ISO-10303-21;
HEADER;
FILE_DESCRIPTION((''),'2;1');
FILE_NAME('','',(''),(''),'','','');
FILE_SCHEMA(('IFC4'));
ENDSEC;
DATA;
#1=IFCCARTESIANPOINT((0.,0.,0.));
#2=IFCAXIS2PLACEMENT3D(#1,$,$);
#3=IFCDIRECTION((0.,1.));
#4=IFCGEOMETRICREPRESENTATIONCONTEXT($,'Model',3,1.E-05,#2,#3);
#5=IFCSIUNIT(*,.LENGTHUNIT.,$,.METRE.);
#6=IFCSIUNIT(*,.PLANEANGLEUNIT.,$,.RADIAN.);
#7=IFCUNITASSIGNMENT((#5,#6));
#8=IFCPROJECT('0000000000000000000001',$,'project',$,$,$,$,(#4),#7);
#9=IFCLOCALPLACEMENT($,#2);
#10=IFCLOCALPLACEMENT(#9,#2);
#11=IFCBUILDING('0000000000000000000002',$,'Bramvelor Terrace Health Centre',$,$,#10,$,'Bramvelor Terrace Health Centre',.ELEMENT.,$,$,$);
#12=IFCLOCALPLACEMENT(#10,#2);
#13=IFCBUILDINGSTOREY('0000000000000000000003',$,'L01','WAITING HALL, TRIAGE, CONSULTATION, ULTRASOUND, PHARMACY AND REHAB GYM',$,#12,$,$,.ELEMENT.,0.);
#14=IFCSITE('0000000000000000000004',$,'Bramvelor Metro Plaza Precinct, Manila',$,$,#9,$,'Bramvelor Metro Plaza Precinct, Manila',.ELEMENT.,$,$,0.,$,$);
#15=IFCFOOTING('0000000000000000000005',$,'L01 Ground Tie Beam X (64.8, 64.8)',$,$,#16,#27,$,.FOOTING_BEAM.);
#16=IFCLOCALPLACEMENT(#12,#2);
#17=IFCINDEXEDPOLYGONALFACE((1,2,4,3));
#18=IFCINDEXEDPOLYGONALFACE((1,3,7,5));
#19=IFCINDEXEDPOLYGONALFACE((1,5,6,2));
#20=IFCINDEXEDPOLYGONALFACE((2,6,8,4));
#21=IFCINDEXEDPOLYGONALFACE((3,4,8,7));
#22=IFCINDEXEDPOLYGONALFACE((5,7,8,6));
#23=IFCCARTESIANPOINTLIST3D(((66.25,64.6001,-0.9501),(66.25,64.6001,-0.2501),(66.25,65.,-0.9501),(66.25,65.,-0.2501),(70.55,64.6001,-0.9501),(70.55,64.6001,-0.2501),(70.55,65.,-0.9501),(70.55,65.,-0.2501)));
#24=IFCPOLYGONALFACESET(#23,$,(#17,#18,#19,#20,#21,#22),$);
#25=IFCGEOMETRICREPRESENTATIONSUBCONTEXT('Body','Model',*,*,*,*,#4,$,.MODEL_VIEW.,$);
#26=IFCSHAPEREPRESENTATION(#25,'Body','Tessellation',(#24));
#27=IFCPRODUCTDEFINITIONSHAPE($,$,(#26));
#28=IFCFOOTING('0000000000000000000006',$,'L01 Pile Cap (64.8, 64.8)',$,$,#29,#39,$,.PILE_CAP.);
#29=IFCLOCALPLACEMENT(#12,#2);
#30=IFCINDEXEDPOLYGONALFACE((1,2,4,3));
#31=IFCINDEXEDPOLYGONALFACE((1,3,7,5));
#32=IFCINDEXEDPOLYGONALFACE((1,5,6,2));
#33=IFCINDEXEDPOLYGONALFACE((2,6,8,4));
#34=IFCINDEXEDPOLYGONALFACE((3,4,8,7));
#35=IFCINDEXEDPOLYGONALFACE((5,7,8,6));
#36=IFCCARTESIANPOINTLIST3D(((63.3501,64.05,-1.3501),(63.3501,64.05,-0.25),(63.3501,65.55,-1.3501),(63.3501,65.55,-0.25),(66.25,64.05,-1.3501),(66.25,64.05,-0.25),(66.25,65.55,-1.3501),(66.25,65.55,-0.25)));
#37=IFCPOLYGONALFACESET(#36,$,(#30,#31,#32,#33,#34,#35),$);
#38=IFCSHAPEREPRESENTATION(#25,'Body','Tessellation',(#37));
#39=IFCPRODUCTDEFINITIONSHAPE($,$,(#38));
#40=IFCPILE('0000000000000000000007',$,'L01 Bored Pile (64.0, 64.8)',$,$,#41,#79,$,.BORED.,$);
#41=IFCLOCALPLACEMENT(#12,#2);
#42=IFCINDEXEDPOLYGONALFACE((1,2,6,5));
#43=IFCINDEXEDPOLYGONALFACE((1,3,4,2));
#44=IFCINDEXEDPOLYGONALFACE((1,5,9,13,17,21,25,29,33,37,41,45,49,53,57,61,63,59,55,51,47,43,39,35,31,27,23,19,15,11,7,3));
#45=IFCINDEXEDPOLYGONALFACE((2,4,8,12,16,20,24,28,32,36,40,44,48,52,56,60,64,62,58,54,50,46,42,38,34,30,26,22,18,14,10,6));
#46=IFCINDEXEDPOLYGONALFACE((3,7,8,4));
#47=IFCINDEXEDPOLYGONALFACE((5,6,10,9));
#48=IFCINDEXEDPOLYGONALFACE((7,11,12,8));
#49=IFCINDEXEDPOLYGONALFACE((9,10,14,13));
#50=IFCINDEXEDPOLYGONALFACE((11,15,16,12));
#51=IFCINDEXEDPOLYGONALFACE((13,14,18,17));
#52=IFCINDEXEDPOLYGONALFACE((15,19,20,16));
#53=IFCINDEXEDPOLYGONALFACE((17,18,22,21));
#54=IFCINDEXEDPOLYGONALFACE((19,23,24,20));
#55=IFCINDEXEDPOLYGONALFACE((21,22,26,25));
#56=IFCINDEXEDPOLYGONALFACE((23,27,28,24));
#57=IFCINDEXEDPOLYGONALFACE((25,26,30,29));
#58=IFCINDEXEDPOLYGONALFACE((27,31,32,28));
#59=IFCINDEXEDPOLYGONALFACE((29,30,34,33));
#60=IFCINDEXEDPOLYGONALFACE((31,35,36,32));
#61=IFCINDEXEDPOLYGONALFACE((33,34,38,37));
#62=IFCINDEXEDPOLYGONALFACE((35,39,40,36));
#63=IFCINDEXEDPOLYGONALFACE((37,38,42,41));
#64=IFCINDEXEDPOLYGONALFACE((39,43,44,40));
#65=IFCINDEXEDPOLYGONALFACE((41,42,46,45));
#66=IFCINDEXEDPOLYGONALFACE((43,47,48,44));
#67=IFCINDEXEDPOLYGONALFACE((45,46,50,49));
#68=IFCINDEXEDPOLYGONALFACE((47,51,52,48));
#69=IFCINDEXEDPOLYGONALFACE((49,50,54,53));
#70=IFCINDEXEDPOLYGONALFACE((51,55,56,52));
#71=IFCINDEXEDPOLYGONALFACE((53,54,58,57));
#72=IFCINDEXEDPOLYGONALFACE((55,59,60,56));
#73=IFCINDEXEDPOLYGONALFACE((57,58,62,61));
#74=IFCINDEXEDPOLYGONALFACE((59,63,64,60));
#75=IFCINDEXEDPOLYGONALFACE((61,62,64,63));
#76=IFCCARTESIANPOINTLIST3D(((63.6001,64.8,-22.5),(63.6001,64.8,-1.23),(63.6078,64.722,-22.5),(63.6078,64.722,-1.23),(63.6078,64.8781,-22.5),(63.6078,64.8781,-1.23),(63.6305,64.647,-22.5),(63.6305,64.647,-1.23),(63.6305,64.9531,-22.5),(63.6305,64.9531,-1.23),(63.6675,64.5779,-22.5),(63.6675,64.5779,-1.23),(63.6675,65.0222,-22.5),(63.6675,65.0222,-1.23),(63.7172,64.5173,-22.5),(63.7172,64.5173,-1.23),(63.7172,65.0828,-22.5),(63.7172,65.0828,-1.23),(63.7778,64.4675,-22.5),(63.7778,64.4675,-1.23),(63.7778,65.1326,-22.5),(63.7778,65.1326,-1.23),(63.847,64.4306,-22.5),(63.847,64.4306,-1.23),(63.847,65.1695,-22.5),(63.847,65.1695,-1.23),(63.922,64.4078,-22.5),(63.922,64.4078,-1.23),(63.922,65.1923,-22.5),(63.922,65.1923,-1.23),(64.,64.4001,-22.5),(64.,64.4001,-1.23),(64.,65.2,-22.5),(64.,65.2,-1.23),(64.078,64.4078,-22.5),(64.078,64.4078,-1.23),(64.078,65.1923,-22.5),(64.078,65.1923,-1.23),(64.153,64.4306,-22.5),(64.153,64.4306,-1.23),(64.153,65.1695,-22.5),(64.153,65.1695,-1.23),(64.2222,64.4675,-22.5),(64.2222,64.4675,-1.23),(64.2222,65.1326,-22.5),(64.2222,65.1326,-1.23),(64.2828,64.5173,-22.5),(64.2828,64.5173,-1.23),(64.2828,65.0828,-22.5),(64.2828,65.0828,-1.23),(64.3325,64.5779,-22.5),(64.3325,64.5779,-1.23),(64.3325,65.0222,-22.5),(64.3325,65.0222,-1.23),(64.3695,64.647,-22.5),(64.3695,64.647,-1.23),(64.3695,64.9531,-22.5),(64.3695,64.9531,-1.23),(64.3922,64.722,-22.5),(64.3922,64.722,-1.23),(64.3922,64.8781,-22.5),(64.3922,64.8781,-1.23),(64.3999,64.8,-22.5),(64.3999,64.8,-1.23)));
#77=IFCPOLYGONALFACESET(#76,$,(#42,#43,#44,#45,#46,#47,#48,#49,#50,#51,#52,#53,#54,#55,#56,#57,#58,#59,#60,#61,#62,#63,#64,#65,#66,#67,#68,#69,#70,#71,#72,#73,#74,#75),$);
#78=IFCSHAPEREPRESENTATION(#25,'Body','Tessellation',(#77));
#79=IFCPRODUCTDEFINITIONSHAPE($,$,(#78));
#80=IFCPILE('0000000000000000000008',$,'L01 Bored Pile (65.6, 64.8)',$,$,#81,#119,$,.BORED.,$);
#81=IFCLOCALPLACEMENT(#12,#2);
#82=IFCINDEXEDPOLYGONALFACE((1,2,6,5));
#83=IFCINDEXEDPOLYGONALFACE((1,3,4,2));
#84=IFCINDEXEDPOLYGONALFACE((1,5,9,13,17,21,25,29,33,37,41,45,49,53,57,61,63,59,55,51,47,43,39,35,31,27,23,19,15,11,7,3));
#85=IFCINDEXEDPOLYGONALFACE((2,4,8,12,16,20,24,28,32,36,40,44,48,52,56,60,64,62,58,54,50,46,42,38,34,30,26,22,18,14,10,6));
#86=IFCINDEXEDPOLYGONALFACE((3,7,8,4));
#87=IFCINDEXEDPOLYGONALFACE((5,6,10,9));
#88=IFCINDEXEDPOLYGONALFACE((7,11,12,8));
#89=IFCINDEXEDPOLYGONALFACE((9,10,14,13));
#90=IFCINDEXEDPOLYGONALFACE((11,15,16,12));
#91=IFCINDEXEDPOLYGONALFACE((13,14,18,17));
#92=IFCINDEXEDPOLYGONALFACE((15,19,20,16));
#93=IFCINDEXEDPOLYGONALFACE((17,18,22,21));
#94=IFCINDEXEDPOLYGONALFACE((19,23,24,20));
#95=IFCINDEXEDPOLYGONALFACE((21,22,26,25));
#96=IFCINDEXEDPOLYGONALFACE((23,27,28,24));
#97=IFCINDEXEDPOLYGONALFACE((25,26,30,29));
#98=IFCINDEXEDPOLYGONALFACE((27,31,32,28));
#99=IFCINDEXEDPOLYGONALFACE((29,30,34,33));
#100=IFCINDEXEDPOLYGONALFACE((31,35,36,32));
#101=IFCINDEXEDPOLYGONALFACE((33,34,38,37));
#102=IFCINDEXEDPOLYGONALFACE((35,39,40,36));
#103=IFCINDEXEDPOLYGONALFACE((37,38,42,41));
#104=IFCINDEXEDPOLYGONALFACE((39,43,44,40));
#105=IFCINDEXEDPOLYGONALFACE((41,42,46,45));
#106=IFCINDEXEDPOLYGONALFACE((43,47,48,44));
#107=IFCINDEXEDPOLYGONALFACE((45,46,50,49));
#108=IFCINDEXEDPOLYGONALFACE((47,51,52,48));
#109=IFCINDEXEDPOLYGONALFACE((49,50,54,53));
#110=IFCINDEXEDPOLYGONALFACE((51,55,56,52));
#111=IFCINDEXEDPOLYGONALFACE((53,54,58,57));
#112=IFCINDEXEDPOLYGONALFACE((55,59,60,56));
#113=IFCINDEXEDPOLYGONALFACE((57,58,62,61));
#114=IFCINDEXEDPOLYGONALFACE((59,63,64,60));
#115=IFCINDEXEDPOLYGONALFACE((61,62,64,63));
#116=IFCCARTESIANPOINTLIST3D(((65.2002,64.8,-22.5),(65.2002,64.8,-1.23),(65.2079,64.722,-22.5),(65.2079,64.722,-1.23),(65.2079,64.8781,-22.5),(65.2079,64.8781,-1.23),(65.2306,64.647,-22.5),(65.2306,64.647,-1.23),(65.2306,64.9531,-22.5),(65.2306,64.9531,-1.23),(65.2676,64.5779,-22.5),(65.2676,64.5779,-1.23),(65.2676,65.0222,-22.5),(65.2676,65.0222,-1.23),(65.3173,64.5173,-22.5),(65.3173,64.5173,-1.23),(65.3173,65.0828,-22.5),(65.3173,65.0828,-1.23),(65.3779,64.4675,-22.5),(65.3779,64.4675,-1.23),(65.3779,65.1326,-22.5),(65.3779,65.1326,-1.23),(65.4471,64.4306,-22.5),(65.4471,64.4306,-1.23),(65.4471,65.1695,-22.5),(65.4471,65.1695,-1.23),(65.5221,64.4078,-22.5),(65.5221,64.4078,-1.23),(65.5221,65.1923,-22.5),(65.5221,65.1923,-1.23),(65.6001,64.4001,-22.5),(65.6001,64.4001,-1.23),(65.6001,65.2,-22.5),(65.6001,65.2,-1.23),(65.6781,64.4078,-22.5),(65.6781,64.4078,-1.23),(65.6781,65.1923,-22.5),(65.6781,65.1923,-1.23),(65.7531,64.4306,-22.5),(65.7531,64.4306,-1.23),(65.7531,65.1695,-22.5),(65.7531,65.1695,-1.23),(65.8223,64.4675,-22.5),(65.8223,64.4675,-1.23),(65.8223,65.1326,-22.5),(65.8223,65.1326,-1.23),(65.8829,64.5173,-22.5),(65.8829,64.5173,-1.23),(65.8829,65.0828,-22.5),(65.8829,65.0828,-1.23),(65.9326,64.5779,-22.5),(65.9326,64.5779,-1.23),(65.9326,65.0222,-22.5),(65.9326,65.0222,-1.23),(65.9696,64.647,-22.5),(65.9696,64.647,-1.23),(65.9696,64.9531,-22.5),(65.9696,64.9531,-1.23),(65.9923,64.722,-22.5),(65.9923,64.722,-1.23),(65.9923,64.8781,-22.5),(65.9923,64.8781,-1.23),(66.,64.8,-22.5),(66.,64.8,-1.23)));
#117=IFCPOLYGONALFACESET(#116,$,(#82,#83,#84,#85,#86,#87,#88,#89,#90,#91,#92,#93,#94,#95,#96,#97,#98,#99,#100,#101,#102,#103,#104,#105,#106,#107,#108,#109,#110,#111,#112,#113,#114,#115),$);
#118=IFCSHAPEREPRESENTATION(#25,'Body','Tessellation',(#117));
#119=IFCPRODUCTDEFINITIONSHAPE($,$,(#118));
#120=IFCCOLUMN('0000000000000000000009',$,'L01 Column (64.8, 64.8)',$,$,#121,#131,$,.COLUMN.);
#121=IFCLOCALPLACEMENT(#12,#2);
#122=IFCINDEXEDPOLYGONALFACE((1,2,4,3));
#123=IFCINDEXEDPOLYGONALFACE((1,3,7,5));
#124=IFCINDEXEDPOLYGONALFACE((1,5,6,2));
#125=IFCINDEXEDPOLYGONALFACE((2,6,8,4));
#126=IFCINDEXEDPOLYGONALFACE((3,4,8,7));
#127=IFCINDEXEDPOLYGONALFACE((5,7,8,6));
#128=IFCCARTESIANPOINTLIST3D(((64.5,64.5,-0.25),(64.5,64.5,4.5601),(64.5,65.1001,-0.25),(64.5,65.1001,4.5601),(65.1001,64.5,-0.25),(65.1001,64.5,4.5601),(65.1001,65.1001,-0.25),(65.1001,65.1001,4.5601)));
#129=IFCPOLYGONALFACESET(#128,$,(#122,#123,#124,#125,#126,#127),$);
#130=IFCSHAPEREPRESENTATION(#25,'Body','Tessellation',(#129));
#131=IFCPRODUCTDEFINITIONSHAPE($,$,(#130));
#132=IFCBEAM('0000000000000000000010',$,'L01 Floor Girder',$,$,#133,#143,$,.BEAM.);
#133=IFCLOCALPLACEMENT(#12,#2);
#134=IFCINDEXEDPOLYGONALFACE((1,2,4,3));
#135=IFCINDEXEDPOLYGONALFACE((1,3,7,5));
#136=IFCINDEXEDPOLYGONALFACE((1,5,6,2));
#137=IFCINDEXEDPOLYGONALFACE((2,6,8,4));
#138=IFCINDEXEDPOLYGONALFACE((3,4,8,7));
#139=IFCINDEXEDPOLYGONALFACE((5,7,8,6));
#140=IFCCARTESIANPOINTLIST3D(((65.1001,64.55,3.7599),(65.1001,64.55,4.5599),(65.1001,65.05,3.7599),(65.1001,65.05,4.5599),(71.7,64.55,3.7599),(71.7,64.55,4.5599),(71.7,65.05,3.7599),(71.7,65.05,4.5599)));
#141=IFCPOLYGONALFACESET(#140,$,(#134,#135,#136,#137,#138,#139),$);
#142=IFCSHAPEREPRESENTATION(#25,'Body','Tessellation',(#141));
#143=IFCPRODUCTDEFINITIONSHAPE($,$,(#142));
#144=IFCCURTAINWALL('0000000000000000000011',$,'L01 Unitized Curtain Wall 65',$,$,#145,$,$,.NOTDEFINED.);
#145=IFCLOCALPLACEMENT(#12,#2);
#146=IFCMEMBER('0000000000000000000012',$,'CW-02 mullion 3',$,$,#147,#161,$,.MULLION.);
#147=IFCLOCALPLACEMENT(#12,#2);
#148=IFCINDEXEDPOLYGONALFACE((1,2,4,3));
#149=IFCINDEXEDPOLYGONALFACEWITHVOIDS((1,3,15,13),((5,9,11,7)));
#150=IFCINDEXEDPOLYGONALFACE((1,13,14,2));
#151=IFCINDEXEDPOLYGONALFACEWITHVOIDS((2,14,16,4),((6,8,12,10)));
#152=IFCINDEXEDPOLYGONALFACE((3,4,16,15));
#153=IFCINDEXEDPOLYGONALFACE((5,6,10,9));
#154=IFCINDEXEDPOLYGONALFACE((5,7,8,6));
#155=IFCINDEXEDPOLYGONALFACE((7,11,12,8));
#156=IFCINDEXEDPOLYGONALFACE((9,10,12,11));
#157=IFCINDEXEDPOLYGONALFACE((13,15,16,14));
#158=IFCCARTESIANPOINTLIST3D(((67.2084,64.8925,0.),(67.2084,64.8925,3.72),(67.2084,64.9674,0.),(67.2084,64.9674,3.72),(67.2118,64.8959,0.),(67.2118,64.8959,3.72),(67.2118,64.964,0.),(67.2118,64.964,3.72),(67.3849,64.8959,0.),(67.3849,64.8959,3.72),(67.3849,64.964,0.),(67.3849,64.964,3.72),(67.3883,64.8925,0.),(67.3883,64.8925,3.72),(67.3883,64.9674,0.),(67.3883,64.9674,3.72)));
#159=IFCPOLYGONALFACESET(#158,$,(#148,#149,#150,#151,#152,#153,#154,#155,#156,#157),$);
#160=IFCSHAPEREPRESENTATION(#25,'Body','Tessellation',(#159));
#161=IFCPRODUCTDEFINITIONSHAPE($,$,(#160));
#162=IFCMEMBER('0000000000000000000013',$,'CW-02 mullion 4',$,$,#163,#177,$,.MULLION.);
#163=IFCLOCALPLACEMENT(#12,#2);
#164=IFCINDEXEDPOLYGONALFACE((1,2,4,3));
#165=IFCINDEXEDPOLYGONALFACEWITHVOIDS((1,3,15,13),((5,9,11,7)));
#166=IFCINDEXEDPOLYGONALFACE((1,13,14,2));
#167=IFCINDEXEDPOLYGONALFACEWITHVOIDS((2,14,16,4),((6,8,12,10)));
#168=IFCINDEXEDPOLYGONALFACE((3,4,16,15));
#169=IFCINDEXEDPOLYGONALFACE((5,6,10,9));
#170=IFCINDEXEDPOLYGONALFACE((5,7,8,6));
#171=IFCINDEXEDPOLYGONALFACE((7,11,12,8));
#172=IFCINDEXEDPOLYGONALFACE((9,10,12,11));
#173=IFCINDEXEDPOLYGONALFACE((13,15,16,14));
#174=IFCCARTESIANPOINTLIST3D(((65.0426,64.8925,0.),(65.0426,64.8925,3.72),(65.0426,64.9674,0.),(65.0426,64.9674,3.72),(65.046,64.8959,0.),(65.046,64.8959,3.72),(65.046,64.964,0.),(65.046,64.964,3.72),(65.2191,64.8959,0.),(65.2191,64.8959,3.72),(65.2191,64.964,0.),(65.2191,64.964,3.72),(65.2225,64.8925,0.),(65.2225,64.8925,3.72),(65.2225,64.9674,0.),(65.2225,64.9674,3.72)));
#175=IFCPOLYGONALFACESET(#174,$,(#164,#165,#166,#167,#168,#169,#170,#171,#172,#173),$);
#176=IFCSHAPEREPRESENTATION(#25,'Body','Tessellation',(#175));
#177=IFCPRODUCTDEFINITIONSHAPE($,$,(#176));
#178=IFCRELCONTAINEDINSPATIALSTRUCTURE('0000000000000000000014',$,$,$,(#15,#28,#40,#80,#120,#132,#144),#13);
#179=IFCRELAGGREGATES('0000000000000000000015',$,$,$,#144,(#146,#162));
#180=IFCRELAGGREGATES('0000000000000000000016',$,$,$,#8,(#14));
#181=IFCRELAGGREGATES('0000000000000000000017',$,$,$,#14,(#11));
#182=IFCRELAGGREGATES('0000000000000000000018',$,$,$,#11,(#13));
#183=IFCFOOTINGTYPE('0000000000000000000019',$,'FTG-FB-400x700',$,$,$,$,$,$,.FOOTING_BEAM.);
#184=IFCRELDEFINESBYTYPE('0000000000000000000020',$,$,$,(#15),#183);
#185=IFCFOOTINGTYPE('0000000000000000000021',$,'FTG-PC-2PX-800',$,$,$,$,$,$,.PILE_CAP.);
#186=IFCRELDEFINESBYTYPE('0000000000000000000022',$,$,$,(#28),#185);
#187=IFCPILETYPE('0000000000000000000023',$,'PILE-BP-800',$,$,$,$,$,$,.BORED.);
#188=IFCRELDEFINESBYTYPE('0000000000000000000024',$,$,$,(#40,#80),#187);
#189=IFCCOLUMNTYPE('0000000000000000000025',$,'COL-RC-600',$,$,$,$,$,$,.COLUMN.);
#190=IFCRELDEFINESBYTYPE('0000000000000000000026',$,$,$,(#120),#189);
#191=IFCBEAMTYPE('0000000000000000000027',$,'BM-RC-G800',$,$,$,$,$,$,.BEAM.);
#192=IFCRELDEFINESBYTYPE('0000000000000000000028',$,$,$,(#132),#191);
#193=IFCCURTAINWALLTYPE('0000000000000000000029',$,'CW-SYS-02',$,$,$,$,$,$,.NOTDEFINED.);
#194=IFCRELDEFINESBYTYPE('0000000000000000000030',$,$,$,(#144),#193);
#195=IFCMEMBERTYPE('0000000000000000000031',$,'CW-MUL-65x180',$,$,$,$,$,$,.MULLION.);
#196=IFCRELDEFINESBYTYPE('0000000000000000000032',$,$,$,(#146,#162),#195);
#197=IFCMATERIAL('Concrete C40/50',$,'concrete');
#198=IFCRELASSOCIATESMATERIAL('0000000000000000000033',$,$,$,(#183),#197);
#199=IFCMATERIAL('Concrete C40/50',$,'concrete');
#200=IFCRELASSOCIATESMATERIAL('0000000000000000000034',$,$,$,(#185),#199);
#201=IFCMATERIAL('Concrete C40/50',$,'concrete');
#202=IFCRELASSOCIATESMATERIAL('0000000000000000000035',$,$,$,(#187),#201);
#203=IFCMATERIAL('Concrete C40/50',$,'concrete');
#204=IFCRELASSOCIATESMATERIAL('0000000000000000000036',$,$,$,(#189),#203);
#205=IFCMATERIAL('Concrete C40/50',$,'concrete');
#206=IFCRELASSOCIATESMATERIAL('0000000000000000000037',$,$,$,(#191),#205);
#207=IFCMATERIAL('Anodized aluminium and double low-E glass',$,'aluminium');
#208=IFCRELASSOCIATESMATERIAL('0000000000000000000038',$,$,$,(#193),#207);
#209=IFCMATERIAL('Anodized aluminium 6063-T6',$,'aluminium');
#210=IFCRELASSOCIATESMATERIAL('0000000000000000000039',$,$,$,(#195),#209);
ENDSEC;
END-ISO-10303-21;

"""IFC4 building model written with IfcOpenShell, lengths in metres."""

from ifc_helpers import new_model, si_unit, direction, frame, origin, origin_2d, place, context, subcontext, project, spatial, rectangle, hollow_rectangle, circle, extrude, material, material_profile, profile_set, type_object, element, aggregate, save


model = new_model("IFC4")

# Units and contexts
model_context = context("Model", 3, precision=1e-05, world=origin(), true_north=direction((0.0, 1.0)))
body_context = subcontext(model_context, "Body", "Model", "MODEL_VIEW")
ifc_project = project(units=[si_unit("LENGTHUNIT", "METRE"), si_unit("PLANEANGLEUNIT", "RADIAN")], contexts=[model_context])

# Site, building, storey
site_placement = place(None, origin())
site = spatial("IfcSite", under=ifc_project, at=site_placement, Name="Bramvelor Metro Plaza Precinct, Manila", LongName="Bramvelor Metro Plaza Precinct, Manila", CompositionType="ELEMENT", RefElevation=0.0)
building_placement = place(site_placement, origin())
building = spatial("IfcBuilding", under=site, at=building_placement, Name="Bramvelor Terrace Health Centre", LongName="Bramvelor Terrace Health Centre", CompositionType="ELEMENT")
storey_placement = place(building_placement, origin())
storey = spatial("IfcBuildingStorey", under=building, at=storey_placement, Name="L01", Description="WAITING HALL, TRIAGE, CONSULTATION, ULTRASOUND, PHARMACY AND REHAB GYM", CompositionType="ELEMENT", Elevation=0.0)

# Footings
ifc_material_1 = material(Name="Concrete C40/50", Category="concrete")
ifc_material_profile_1 = material_profile(ifc_material_1, rectangle(XDim=0.3999, YDim=0.7, at=origin_2d()), Name="RC 400x700")
ifc_profile_set_1 = profile_set([ifc_material_profile_1], Name="Concrete C40/50")
footing_type_1 = type_object("IfcFootingType", Name="FTG-FB-400x700", PredefinedType="FOOTING_BEAM", material=ifc_profile_set_1)
footing_1_placement = place(storey_placement, frame((66.25, 64.8, -0.6001), z_axis=(1.0, 0.0, 0.0), x_axis=(0.0, 1.0, 0.0)))
element("IfcFooting", 1, at=footing_1_placement, inside=storey, type_object=footing_type_1, Name="L01 Ground Tie Beam X (64.8, 64.8)", PredefinedType="FOOTING_BEAM", context=body_context, shape_type="SweptSolid", body=[
    extrude(rectangle(XDim=0.3999, YDim=0.7, at=origin_2d()), origin(), (0.0, 0.0, 1.0), 4.3),
])
ifc_material_2 = material(Name="Concrete C40/50", Category="concrete")
footing_type_2 = type_object("IfcFootingType", Name="FTG-PC-2PX-800", PredefinedType="PILE_CAP", material=ifc_material_2)
footing_2_placement = place(storey_placement, frame((64.8, 64.8, -1.3501), z_axis=(0.0, 0.0, 1.0), x_axis=(1.0, 0.0, 0.0)))
element("IfcFooting", 2, at=footing_2_placement, inside=storey, type_object=footing_type_2, Name="L01 Pile Cap (64.8, 64.8)", PredefinedType="PILE_CAP", context=body_context, shape_type="SweptSolid", body=[
    extrude(rectangle(XDim=2.8999, YDim=1.5, at=origin_2d()), origin(), (0.0, 0.0, 1.0), 1.1001),
])

# Piles
ifc_material_3 = material(Name="Concrete C40/50", Category="concrete")
ifc_material_profile_2 = material_profile(ifc_material_3, circle(Radius=0.3999, at=origin_2d()), Name="BP D800")
ifc_profile_set_2 = profile_set([ifc_material_profile_2], Name="Concrete C40/50")
pile_type = type_object("IfcPileType", Name="PILE-BP-800", PredefinedType="BORED", material=ifc_profile_set_2)
for number, where, z_axis, x_axis, name in (
    (3, (64.0, 64.8, -1.23), (0.0, 0.0, -1.0), (1.0, 0.0, 0.0), "L01 Bored Pile (64.0, 64.8)"),
    (4, (65.6001, 64.8, -1.23), (0.0, 0.0, -1.0), (1.0, 0.0, 0.0), "L01 Bored Pile (65.6, 64.8)"),
):
    element("IfcPile", number, at=place(storey_placement, frame(where, z_axis=z_axis, x_axis=x_axis)), inside=storey, type_object=pile_type, Name=name, PredefinedType="BORED", context=body_context, shape_type="SweptSolid", body=[
        extrude(circle(Radius=0.3999, at=origin_2d()), origin(), (0.0, 0.0, 1.0), 21.27),
    ])

# Column
ifc_material_4 = material(Name="Concrete C40/50", Category="concrete")
ifc_material_profile_3 = material_profile(ifc_material_4, rectangle(XDim=0.6001, YDim=0.6001, at=origin_2d()), Name="RC 600x600")
ifc_profile_set_3 = profile_set([ifc_material_profile_3], Name="Concrete C40/50")
column_type = type_object("IfcColumnType", Name="COL-RC-600", PredefinedType="COLUMN", material=ifc_profile_set_3)
column_placement = place(storey_placement, frame((64.8, 64.8, -0.25), z_axis=(0.0, 0.0, 1.0), x_axis=(1.0, 0.0, 0.0)))
element("IfcColumn", 5, at=column_placement, inside=storey, type_object=column_type, Name="L01 Column (64.8, 64.8)", PredefinedType="COLUMN", context=body_context, shape_type="SweptSolid", body=[
    extrude(rectangle(XDim=0.6001, YDim=0.6001, at=origin_2d()), origin(), (0.0, 0.0, 1.0), 4.8101),
])

# Beam
ifc_material_5 = material(Name="Concrete C40/50", Category="concrete")
ifc_material_profile_4 = material_profile(ifc_material_5, rectangle(XDim=0.5, YDim=0.8, at=origin_2d()), Name="RC 500x800")
ifc_profile_set_4 = profile_set([ifc_material_profile_4], Name="Concrete C40/50")
beam_type = type_object("IfcBeamType", Name="BM-RC-G800", PredefinedType="BEAM", material=ifc_profile_set_4)
beam_placement = place(storey_placement, frame((65.1001, 64.8, 4.1599), z_axis=(1.0, 0.0, 0.0), x_axis=(0.0, 1.0, 0.0)))
element("IfcBeam", 6, at=beam_placement, inside=storey, type_object=beam_type, Name="L01 Floor Girder", PredefinedType="BEAM", context=body_context, shape_type="SweptSolid", body=[
    extrude(rectangle(XDim=0.5, YDim=0.8, at=origin_2d()), origin(), (0.0, 0.0, 1.0), 6.5999),
])

# Curtain wall, members
ifc_material_6 = material(Name="Anodized aluminium and double low-E glass", Category="aluminium")
curtain_wall_type = type_object("IfcCurtainWallType", Name="CW-SYS-02", PredefinedType="NOTDEFINED", material=ifc_material_6)
curtain_wall_1_placement = place(storey_placement, origin())
curtain_wall_1 = element("IfcCurtainWall", 7, at=curtain_wall_1_placement, inside=storey, type_object=curtain_wall_type, Name="L01 Unitized Curtain Wall 65", PredefinedType="NOTDEFINED")
ifc_material_7 = material(Name="Anodized aluminium 6063-T6", Category="aluminium")
ifc_material_profile_5 = material_profile(ifc_material_7, hollow_rectangle(XDim=0.075, YDim=0.1799, WallThickness=0.0034, at=origin_2d()), Name="ALU-MUL 75x180x3.5")
ifc_profile_set_5 = profile_set([ifc_material_profile_5], Name="Anodized aluminium 6063-T6")
member_type_1 = type_object("IfcMemberType", Name="CW-MUL-65x180", PredefinedType="MULLION", material=ifc_profile_set_5)
member_1_placement = place(storey_placement, frame((67.2983, 64.9299, 0.0), z_axis=(0.0, 0.0, 1.0), x_axis=(0.0, -1.0, 0.0)))
member_1 = element("IfcMember", 8, at=member_1_placement, type_object=member_type_1, Name="CW-02 mullion 3", PredefinedType="MULLION", context=body_context, shape_type="SweptSolid", body=[
    extrude(hollow_rectangle(XDim=0.075, YDim=0.1799, WallThickness=0.0034, at=origin_2d()), origin(), (0.0, 0.0, 1.0), 3.72),
])
member_2_placement = place(storey_placement, frame((65.1326, 64.9299, 0.0), z_axis=(0.0, 0.0, 1.0), x_axis=(0.0, -1.0, 0.0)))
member_2 = element("IfcMember", 9, at=member_2_placement, type_object=member_type_1, Name="CW-02 mullion 4", PredefinedType="MULLION", context=body_context, shape_type="SweptSolid", body=[
    extrude(hollow_rectangle(XDim=0.075, YDim=0.1799, WallThickness=0.0034, at=origin_2d()), origin(), (0.0, 0.0, 1.0), 3.72),
])

aggregate(curtain_wall_1, [member_1, member_2])

save(model, "model.ifc")
